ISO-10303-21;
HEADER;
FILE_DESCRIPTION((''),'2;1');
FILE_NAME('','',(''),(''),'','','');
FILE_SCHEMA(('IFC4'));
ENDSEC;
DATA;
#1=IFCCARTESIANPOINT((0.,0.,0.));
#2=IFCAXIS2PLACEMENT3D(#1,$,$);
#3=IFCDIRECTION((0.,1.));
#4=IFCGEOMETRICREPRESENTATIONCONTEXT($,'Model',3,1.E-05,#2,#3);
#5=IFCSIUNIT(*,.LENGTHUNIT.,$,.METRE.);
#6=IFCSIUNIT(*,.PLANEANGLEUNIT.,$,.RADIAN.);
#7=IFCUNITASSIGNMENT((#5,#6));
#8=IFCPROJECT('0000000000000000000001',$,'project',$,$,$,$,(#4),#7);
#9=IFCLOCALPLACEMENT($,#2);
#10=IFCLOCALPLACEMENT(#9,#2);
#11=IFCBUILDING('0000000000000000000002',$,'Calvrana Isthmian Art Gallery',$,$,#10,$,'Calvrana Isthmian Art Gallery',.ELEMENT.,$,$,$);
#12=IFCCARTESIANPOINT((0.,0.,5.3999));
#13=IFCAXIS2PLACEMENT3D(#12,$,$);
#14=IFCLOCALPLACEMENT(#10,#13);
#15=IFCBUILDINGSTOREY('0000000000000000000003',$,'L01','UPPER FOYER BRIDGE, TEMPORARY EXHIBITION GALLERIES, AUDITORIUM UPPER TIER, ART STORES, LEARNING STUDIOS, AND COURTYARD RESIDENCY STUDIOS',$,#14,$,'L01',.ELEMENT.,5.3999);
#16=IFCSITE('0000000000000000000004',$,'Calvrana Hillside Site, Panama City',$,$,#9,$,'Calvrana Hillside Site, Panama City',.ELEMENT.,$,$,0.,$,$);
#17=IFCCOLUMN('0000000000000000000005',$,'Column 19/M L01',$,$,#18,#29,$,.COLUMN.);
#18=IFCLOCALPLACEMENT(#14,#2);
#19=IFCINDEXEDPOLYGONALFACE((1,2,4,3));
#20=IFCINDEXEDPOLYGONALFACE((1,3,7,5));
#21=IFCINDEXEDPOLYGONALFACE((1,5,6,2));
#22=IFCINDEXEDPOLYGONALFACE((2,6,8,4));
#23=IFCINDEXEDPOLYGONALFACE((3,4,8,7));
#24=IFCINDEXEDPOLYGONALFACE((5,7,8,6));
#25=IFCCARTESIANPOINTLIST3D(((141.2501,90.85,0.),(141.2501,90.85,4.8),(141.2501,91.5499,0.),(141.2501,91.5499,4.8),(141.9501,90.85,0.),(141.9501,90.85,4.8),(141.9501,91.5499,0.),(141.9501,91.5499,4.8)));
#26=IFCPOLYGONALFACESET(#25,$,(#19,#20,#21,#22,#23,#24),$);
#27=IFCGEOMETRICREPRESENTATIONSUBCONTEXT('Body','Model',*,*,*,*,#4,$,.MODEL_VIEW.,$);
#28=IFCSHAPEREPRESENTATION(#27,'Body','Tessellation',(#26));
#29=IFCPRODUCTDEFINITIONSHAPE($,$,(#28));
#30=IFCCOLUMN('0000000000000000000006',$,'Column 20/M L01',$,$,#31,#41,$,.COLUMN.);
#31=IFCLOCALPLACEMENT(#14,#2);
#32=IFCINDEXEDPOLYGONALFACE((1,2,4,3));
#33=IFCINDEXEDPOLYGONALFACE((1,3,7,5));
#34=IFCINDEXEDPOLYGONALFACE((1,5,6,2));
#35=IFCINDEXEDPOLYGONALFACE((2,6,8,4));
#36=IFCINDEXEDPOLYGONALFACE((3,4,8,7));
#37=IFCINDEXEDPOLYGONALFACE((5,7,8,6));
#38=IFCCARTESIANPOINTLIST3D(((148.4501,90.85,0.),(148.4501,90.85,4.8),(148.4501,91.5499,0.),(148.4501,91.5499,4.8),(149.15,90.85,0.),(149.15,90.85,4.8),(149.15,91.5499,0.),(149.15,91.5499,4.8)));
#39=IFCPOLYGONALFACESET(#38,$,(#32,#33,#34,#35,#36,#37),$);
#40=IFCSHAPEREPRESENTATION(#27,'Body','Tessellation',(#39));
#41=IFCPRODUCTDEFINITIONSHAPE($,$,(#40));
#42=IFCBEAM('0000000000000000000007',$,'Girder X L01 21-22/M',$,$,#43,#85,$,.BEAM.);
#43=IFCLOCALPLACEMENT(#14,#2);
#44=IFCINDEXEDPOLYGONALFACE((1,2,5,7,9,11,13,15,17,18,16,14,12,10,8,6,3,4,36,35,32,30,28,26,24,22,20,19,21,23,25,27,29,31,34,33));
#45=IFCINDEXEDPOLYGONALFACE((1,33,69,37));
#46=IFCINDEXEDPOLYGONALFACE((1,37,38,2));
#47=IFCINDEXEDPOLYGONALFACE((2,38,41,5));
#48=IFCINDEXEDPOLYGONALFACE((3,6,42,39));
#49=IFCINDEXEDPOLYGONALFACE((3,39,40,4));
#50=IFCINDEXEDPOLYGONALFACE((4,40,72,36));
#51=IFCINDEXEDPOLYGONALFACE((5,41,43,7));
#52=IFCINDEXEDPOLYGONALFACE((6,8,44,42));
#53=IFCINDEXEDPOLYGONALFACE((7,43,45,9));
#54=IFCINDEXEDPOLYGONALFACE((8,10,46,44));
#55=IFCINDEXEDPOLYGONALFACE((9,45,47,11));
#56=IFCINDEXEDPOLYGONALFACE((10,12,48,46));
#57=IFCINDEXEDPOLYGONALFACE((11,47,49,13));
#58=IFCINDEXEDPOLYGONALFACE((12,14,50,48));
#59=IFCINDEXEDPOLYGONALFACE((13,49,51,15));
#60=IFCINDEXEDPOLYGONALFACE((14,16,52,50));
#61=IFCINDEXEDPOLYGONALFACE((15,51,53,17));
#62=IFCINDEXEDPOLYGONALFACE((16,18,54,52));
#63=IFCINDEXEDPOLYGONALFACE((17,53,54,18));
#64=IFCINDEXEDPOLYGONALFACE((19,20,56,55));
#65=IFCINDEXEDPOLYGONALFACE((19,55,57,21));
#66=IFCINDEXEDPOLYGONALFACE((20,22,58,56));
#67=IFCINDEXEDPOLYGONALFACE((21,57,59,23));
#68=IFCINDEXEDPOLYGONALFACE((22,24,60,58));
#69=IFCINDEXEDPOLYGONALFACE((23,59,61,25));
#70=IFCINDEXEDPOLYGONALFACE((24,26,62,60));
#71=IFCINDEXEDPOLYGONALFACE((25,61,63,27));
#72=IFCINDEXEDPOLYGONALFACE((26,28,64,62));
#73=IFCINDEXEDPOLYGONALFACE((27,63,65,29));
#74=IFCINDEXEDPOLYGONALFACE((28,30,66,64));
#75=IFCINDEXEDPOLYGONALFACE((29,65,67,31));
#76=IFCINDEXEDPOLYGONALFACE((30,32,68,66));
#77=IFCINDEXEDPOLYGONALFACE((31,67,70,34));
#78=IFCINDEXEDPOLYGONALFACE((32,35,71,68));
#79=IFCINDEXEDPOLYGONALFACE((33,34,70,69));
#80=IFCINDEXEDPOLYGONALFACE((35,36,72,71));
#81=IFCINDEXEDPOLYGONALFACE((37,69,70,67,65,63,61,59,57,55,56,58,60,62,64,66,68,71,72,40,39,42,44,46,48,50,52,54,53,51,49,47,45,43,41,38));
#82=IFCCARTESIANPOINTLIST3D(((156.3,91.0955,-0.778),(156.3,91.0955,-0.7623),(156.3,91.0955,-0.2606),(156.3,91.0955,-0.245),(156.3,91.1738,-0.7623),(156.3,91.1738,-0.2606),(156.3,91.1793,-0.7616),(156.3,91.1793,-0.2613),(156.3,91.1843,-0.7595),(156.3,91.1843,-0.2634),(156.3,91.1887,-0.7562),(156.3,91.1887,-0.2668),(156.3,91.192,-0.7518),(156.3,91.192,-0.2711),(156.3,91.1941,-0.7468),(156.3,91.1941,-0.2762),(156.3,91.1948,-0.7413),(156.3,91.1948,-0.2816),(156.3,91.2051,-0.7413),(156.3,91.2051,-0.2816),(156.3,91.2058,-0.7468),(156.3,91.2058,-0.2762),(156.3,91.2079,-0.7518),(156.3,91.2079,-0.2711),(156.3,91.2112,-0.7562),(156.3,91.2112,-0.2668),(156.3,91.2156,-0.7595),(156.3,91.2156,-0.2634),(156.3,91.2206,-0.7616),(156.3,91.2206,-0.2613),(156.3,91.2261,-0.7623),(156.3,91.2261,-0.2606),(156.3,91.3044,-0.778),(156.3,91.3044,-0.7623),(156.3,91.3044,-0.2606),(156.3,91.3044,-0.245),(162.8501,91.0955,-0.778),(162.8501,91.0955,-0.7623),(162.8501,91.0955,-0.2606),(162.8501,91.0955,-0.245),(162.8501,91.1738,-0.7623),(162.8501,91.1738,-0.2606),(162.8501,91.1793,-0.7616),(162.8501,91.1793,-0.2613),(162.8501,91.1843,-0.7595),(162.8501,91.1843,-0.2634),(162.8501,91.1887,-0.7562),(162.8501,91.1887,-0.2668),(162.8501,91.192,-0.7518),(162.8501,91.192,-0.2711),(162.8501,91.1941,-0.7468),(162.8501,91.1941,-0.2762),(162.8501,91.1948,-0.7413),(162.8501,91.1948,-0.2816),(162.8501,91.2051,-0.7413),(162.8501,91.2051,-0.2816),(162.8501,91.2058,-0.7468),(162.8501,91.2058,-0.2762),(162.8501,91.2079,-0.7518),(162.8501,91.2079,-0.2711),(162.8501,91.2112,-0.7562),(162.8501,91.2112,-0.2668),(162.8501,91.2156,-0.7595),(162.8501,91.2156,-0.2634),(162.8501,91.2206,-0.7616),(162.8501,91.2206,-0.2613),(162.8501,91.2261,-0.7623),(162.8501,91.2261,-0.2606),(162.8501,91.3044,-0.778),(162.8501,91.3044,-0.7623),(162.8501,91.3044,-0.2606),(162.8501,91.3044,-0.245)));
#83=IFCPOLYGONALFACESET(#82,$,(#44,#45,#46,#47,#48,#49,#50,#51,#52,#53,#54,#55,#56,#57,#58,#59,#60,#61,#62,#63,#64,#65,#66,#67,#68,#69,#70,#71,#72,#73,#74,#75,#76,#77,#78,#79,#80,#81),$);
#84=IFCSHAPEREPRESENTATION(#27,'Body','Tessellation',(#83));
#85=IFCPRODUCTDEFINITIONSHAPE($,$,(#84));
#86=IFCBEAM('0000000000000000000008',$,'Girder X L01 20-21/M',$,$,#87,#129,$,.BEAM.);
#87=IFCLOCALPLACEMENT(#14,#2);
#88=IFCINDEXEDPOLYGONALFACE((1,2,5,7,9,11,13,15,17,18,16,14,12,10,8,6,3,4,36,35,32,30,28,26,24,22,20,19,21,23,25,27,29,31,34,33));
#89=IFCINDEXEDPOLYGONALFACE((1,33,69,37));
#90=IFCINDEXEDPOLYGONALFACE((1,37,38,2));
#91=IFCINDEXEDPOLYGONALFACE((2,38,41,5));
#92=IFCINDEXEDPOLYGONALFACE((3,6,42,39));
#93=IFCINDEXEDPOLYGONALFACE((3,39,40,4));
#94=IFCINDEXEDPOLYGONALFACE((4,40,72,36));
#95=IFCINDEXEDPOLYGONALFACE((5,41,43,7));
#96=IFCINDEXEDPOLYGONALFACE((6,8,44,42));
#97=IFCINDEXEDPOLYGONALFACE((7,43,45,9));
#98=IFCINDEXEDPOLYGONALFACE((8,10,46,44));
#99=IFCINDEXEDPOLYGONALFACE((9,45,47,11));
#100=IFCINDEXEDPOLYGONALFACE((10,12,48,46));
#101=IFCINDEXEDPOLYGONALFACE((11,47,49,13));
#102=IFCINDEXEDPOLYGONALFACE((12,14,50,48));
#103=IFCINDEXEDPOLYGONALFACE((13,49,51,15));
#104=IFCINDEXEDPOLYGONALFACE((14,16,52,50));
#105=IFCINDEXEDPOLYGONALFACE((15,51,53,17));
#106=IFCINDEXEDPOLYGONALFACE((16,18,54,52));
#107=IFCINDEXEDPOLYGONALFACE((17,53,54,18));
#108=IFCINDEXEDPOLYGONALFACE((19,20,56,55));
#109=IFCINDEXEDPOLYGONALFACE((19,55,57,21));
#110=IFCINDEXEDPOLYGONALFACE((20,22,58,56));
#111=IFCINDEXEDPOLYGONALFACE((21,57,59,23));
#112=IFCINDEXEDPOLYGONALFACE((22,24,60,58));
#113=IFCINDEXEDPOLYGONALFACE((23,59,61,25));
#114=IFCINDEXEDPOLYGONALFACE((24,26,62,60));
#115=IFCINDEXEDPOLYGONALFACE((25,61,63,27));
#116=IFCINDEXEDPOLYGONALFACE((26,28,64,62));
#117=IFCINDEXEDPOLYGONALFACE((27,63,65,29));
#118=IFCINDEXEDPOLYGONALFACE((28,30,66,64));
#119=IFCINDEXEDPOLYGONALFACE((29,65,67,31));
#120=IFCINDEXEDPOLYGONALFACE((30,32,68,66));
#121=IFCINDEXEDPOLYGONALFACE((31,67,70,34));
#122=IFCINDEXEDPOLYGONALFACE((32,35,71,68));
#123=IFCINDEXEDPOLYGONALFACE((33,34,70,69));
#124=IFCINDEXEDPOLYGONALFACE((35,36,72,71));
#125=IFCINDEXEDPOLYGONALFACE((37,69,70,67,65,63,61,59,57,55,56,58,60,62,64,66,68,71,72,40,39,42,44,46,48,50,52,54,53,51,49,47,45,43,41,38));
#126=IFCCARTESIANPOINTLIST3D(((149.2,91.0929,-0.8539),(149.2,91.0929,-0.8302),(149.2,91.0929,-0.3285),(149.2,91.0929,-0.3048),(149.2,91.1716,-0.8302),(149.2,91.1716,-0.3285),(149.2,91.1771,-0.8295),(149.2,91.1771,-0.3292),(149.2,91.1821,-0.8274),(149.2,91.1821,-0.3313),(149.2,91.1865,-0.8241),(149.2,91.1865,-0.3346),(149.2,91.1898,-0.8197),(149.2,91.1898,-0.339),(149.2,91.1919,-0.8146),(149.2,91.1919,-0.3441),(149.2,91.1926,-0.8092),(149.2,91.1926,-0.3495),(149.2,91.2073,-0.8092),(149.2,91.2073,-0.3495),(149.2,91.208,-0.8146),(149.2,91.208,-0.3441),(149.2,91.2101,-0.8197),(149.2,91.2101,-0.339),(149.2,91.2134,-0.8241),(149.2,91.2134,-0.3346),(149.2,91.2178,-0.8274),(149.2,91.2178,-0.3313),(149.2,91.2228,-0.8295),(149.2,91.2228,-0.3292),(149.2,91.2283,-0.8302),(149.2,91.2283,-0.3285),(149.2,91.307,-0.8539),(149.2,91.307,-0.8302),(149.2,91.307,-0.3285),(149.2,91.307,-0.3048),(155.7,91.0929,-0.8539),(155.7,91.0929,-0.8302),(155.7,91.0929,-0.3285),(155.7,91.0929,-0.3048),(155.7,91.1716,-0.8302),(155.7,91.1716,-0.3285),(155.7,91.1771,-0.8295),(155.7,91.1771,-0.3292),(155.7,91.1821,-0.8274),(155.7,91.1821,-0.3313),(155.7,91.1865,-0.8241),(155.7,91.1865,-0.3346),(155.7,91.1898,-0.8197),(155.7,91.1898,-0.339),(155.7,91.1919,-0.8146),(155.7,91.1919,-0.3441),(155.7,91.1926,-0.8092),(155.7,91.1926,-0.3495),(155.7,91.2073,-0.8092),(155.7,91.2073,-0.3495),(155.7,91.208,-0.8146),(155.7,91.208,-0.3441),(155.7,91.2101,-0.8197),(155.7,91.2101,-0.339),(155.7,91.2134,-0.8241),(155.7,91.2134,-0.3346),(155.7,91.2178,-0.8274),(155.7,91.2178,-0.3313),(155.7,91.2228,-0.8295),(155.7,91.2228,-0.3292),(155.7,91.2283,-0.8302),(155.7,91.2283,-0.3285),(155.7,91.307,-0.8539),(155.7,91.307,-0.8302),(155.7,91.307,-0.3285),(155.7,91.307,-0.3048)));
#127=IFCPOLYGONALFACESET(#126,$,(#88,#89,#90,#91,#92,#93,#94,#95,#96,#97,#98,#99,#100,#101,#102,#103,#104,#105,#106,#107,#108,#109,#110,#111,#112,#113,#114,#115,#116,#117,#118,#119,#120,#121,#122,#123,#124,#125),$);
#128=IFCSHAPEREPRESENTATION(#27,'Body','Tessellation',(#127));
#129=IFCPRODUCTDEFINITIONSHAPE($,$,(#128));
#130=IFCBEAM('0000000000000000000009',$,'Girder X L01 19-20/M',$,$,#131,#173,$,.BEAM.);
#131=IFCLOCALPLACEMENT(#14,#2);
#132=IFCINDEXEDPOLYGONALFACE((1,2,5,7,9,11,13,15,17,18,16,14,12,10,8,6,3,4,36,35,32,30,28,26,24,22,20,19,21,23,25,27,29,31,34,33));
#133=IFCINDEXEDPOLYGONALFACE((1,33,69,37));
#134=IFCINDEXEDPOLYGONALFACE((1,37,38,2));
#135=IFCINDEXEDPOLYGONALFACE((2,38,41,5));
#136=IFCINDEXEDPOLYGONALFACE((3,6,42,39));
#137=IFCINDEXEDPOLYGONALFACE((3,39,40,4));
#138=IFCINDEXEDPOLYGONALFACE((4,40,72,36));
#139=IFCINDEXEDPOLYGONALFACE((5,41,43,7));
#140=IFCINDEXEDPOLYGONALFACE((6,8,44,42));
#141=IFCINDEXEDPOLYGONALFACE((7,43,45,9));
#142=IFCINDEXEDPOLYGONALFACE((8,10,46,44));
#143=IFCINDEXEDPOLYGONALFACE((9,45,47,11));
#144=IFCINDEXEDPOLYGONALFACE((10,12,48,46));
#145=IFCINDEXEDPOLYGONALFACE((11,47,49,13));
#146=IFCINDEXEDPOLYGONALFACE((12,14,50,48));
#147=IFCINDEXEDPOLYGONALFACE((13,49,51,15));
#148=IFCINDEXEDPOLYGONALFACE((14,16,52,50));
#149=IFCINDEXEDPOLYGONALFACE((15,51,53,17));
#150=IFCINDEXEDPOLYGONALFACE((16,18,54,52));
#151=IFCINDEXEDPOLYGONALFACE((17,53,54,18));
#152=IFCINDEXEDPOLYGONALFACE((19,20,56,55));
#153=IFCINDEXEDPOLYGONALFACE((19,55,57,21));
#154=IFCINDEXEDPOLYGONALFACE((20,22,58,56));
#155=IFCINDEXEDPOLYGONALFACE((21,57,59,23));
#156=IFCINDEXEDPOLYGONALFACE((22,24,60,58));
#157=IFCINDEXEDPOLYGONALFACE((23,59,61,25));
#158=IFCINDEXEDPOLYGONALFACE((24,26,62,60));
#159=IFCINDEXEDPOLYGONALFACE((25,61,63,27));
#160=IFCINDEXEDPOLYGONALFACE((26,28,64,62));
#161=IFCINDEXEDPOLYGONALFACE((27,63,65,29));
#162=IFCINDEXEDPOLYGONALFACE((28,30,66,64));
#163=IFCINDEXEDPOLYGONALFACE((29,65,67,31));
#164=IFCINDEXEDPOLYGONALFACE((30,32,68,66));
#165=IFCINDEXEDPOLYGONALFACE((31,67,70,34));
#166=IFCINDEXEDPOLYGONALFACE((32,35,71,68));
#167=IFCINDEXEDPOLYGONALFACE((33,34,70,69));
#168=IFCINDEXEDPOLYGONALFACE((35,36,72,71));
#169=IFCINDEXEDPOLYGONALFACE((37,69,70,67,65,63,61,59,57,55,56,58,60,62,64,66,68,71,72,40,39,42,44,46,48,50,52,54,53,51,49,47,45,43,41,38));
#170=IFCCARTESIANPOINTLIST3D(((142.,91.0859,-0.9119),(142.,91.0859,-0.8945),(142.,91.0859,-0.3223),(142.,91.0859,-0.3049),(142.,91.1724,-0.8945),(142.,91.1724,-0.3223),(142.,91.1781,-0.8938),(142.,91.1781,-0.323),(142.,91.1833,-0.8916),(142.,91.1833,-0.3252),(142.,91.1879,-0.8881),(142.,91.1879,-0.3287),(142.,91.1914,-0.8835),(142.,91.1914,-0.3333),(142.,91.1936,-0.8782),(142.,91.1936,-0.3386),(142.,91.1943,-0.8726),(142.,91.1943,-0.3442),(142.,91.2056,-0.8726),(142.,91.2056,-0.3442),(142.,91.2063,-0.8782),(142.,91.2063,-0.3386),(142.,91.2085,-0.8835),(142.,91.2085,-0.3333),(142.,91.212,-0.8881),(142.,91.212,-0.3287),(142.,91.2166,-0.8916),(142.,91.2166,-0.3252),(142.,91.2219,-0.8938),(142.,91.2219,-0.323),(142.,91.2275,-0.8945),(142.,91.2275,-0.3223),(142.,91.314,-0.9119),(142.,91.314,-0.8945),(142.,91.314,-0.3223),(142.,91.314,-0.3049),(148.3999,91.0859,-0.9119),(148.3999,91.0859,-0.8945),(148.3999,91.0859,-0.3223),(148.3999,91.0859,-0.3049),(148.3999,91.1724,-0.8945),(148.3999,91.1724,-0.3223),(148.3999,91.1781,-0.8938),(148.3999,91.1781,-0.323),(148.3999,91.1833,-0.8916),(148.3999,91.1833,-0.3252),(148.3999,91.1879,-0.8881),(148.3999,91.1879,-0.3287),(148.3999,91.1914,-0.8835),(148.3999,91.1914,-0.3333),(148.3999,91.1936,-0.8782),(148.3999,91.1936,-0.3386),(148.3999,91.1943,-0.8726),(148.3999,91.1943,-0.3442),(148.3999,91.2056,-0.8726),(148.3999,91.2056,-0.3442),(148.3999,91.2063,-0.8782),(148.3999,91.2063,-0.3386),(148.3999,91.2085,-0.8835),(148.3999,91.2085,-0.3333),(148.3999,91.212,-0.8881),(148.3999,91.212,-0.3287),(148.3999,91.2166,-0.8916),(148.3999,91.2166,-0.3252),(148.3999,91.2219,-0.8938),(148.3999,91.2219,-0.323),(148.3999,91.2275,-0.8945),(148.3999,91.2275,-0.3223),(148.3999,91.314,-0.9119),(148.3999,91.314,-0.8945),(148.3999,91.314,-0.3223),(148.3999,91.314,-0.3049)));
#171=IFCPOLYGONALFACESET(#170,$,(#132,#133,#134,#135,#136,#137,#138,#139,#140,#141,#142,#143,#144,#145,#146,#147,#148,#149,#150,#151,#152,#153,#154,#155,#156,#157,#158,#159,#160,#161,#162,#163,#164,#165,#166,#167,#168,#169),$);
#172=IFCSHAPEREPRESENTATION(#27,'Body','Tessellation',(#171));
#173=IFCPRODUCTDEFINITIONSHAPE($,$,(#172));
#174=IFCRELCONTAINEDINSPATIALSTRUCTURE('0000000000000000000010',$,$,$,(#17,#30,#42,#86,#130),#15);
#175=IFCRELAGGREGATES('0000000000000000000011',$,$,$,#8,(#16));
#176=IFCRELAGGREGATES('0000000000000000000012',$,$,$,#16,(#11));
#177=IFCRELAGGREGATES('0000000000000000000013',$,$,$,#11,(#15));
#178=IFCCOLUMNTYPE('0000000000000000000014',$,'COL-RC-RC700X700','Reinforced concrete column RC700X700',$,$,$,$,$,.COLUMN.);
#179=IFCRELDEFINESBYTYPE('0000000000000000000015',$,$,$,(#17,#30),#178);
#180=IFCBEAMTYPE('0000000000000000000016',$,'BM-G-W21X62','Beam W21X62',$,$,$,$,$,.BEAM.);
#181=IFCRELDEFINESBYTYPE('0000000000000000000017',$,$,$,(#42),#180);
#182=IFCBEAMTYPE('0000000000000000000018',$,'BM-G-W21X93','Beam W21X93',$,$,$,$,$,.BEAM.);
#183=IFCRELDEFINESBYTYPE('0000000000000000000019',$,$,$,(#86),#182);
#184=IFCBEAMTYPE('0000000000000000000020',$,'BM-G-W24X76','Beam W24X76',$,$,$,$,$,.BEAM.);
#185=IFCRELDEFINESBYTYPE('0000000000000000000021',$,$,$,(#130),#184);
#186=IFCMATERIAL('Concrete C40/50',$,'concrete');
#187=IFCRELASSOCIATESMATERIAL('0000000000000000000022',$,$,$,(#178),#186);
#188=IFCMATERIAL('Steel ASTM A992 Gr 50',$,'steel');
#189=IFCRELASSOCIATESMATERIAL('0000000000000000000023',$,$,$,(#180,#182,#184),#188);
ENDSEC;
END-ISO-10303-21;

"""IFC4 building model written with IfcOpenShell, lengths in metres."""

from ifc_helpers import new_model, si_unit, direction, frame, origin, origin_2d, place, context, subcontext, project, spatial, rectangle, i_section, extrude, material, material_profile, profile_set, type_object, element, save


model = new_model("IFC4")

# Units and contexts
model_context = context("Model", 3, precision=1e-05, world=origin(), true_north=direction((0.0, 1.0)))
body_context = subcontext(model_context, "Body", "Model", "MODEL_VIEW")
ifc_project = project(units=[si_unit("LENGTHUNIT", "METRE"), si_unit("PLANEANGLEUNIT", "RADIAN")], contexts=[model_context])

# Site, building, storey
site_placement = place(None, origin())
site = spatial("IfcSite", under=ifc_project, at=site_placement, Name="Calvrana Hillside Site, Panama City", LongName="Calvrana Hillside Site, Panama City", CompositionType="ELEMENT", RefElevation=0.0)
building_placement = place(site_placement, origin())
building = spatial("IfcBuilding", under=site, at=building_placement, Name="Calvrana Isthmian Art Gallery", LongName="Calvrana Isthmian Art Gallery", CompositionType="ELEMENT")
storey_placement = place(building_placement, frame((0.0, 0.0, 5.3999)))
storey = spatial("IfcBuildingStorey", under=building, at=storey_placement, Name="L01", Description="UPPER FOYER BRIDGE, TEMPORARY EXHIBITION GALLERIES, AUDITORIUM UPPER TIER, ART STORES, LEARNING STUDIOS, AND COURTYARD RESIDENCY STUDIOS", LongName="L01", CompositionType="ELEMENT", Elevation=5.3999)

# Columns
ifc_material_1 = material(Name="Concrete C40/50", Category="concrete")
ifc_material_profile_1 = material_profile(ifc_material_1, rectangle(XDim=0.7, YDim=0.7, at=origin_2d()), Name="RC700X700")
ifc_profile_set_1 = profile_set([ifc_material_profile_1], Name="Concrete C40/50")
column_type = type_object("IfcColumnType", Name="COL-RC-RC700X700", Description="Reinforced concrete column RC700X700", PredefinedType="COLUMN", material=ifc_profile_set_1)
for number, where, z_axis, x_axis, name in (
    (1, (141.6001, 91.2, 0.0), (0.0, 0.0, 1.0), (1.0, 0.0, 0.0), "Column 19/M L01"),
    (2, (148.8, 91.2, 0.0), (0.0, 0.0, 1.0), (1.0, 0.0, 0.0), "Column 20/M L01"),
):
    element("IfcColumn", number, at=place(storey_placement, frame(where, z_axis=z_axis, x_axis=x_axis)), inside=storey, type_object=column_type, Name=name, PredefinedType="COLUMN", context=body_context, shape_type="SweptSolid", body=[
        extrude(rectangle(XDim=0.7, YDim=0.7, at=origin_2d()), origin(), (0.0, 0.0, 1.0), 4.8),
    ])

# Beams
ifc_material_2 = material(Name="Steel ASTM A992 Gr 50", Category="steel")
ifc_material_profile_2 = material_profile(ifc_material_2, i_section(OverallWidth=0.209, OverallDepth=0.533, WebThickness=0.0103, FlangeThickness=0.0156, FilletRadius=0.021, at=origin_2d()), Name="W21X62")
ifc_profile_set_2 = profile_set([ifc_material_profile_2], Name="Steel ASTM A992 Gr 50")
beam_type_1 = type_object("IfcBeamType", Name="BM-G-W21X62", Description="Beam W21X62", PredefinedType="BEAM", material=ifc_profile_set_2)
beam_1_placement = place(storey_placement, frame((156.3, 91.2, -0.5115), z_axis=(1.0, 0.0, 0.0), x_axis=(0.0, 1.0, 0.0)))
element("IfcBeam", 3, at=beam_1_placement, inside=storey, type_object=beam_type_1, Name="Girder X L01 21-22/M", PredefinedType="BEAM", context=body_context, shape_type="SweptSolid", body=[
    extrude(i_section(OverallWidth=0.209, OverallDepth=0.533, WebThickness=0.0103, FlangeThickness=0.0156, FilletRadius=0.021, at=origin_2d()), origin(), (0.0, 0.0, 1.0), 6.55),
])
ifc_material_profile_3 = material_profile(ifc_material_2, i_section(OverallWidth=0.2141, OverallDepth=0.5491, WebThickness=0.0146, FlangeThickness=0.0237, FilletRadius=0.021, at=origin_2d()), Name="W21X93")
ifc_profile_set_3 = profile_set([ifc_material_profile_3], Name="Steel ASTM A992 Gr 50")
beam_type_2 = type_object("IfcBeamType", Name="BM-G-W21X93", Description="Beam W21X93", PredefinedType="BEAM", material=ifc_profile_set_3)
beam_2_placement = place(storey_placement, frame((149.2, 91.2, -0.5793), z_axis=(1.0, 0.0, 0.0), x_axis=(0.0, 1.0, 0.0)))
element("IfcBeam", 4, at=beam_2_placement, inside=storey, type_object=beam_type_2, Name="Girder X L01 20-21/M", PredefinedType="BEAM", context=body_context, shape_type="SweptSolid", body=[
    extrude(i_section(OverallWidth=0.2141, OverallDepth=0.5491, WebThickness=0.0146, FlangeThickness=0.0237, FilletRadius=0.021, at=origin_2d()), origin(), (0.0, 0.0, 1.0), 6.5),
])
ifc_material_profile_4 = material_profile(ifc_material_2, i_section(OverallWidth=0.228, OverallDepth=0.6069, WebThickness=0.0112, FlangeThickness=0.0173, FilletRadius=0.022, at=origin_2d()), Name="W24X76")
ifc_profile_set_4 = profile_set([ifc_material_profile_4], Name="Steel ASTM A992 Gr 50")
beam_type_3 = type_object("IfcBeamType", Name="BM-G-W24X76", Description="Beam W24X76", PredefinedType="BEAM", material=ifc_profile_set_4)
beam_3_placement = place(storey_placement, frame((142.0, 91.2, -0.6084), z_axis=(1.0, 0.0, 0.0), x_axis=(0.0, 1.0, 0.0)))
element("IfcBeam", 5, at=beam_3_placement, inside=storey, type_object=beam_type_3, Name="Girder X L01 19-20/M", PredefinedType="BEAM", context=body_context, shape_type="SweptSolid", body=[
    extrude(i_section(OverallWidth=0.228, OverallDepth=0.6069, WebThickness=0.0112, FlangeThickness=0.0173, FilletRadius=0.022, at=origin_2d()), origin(), (0.0, 0.0, 1.0), 6.3999),
])

save(model, "model.ifc")
